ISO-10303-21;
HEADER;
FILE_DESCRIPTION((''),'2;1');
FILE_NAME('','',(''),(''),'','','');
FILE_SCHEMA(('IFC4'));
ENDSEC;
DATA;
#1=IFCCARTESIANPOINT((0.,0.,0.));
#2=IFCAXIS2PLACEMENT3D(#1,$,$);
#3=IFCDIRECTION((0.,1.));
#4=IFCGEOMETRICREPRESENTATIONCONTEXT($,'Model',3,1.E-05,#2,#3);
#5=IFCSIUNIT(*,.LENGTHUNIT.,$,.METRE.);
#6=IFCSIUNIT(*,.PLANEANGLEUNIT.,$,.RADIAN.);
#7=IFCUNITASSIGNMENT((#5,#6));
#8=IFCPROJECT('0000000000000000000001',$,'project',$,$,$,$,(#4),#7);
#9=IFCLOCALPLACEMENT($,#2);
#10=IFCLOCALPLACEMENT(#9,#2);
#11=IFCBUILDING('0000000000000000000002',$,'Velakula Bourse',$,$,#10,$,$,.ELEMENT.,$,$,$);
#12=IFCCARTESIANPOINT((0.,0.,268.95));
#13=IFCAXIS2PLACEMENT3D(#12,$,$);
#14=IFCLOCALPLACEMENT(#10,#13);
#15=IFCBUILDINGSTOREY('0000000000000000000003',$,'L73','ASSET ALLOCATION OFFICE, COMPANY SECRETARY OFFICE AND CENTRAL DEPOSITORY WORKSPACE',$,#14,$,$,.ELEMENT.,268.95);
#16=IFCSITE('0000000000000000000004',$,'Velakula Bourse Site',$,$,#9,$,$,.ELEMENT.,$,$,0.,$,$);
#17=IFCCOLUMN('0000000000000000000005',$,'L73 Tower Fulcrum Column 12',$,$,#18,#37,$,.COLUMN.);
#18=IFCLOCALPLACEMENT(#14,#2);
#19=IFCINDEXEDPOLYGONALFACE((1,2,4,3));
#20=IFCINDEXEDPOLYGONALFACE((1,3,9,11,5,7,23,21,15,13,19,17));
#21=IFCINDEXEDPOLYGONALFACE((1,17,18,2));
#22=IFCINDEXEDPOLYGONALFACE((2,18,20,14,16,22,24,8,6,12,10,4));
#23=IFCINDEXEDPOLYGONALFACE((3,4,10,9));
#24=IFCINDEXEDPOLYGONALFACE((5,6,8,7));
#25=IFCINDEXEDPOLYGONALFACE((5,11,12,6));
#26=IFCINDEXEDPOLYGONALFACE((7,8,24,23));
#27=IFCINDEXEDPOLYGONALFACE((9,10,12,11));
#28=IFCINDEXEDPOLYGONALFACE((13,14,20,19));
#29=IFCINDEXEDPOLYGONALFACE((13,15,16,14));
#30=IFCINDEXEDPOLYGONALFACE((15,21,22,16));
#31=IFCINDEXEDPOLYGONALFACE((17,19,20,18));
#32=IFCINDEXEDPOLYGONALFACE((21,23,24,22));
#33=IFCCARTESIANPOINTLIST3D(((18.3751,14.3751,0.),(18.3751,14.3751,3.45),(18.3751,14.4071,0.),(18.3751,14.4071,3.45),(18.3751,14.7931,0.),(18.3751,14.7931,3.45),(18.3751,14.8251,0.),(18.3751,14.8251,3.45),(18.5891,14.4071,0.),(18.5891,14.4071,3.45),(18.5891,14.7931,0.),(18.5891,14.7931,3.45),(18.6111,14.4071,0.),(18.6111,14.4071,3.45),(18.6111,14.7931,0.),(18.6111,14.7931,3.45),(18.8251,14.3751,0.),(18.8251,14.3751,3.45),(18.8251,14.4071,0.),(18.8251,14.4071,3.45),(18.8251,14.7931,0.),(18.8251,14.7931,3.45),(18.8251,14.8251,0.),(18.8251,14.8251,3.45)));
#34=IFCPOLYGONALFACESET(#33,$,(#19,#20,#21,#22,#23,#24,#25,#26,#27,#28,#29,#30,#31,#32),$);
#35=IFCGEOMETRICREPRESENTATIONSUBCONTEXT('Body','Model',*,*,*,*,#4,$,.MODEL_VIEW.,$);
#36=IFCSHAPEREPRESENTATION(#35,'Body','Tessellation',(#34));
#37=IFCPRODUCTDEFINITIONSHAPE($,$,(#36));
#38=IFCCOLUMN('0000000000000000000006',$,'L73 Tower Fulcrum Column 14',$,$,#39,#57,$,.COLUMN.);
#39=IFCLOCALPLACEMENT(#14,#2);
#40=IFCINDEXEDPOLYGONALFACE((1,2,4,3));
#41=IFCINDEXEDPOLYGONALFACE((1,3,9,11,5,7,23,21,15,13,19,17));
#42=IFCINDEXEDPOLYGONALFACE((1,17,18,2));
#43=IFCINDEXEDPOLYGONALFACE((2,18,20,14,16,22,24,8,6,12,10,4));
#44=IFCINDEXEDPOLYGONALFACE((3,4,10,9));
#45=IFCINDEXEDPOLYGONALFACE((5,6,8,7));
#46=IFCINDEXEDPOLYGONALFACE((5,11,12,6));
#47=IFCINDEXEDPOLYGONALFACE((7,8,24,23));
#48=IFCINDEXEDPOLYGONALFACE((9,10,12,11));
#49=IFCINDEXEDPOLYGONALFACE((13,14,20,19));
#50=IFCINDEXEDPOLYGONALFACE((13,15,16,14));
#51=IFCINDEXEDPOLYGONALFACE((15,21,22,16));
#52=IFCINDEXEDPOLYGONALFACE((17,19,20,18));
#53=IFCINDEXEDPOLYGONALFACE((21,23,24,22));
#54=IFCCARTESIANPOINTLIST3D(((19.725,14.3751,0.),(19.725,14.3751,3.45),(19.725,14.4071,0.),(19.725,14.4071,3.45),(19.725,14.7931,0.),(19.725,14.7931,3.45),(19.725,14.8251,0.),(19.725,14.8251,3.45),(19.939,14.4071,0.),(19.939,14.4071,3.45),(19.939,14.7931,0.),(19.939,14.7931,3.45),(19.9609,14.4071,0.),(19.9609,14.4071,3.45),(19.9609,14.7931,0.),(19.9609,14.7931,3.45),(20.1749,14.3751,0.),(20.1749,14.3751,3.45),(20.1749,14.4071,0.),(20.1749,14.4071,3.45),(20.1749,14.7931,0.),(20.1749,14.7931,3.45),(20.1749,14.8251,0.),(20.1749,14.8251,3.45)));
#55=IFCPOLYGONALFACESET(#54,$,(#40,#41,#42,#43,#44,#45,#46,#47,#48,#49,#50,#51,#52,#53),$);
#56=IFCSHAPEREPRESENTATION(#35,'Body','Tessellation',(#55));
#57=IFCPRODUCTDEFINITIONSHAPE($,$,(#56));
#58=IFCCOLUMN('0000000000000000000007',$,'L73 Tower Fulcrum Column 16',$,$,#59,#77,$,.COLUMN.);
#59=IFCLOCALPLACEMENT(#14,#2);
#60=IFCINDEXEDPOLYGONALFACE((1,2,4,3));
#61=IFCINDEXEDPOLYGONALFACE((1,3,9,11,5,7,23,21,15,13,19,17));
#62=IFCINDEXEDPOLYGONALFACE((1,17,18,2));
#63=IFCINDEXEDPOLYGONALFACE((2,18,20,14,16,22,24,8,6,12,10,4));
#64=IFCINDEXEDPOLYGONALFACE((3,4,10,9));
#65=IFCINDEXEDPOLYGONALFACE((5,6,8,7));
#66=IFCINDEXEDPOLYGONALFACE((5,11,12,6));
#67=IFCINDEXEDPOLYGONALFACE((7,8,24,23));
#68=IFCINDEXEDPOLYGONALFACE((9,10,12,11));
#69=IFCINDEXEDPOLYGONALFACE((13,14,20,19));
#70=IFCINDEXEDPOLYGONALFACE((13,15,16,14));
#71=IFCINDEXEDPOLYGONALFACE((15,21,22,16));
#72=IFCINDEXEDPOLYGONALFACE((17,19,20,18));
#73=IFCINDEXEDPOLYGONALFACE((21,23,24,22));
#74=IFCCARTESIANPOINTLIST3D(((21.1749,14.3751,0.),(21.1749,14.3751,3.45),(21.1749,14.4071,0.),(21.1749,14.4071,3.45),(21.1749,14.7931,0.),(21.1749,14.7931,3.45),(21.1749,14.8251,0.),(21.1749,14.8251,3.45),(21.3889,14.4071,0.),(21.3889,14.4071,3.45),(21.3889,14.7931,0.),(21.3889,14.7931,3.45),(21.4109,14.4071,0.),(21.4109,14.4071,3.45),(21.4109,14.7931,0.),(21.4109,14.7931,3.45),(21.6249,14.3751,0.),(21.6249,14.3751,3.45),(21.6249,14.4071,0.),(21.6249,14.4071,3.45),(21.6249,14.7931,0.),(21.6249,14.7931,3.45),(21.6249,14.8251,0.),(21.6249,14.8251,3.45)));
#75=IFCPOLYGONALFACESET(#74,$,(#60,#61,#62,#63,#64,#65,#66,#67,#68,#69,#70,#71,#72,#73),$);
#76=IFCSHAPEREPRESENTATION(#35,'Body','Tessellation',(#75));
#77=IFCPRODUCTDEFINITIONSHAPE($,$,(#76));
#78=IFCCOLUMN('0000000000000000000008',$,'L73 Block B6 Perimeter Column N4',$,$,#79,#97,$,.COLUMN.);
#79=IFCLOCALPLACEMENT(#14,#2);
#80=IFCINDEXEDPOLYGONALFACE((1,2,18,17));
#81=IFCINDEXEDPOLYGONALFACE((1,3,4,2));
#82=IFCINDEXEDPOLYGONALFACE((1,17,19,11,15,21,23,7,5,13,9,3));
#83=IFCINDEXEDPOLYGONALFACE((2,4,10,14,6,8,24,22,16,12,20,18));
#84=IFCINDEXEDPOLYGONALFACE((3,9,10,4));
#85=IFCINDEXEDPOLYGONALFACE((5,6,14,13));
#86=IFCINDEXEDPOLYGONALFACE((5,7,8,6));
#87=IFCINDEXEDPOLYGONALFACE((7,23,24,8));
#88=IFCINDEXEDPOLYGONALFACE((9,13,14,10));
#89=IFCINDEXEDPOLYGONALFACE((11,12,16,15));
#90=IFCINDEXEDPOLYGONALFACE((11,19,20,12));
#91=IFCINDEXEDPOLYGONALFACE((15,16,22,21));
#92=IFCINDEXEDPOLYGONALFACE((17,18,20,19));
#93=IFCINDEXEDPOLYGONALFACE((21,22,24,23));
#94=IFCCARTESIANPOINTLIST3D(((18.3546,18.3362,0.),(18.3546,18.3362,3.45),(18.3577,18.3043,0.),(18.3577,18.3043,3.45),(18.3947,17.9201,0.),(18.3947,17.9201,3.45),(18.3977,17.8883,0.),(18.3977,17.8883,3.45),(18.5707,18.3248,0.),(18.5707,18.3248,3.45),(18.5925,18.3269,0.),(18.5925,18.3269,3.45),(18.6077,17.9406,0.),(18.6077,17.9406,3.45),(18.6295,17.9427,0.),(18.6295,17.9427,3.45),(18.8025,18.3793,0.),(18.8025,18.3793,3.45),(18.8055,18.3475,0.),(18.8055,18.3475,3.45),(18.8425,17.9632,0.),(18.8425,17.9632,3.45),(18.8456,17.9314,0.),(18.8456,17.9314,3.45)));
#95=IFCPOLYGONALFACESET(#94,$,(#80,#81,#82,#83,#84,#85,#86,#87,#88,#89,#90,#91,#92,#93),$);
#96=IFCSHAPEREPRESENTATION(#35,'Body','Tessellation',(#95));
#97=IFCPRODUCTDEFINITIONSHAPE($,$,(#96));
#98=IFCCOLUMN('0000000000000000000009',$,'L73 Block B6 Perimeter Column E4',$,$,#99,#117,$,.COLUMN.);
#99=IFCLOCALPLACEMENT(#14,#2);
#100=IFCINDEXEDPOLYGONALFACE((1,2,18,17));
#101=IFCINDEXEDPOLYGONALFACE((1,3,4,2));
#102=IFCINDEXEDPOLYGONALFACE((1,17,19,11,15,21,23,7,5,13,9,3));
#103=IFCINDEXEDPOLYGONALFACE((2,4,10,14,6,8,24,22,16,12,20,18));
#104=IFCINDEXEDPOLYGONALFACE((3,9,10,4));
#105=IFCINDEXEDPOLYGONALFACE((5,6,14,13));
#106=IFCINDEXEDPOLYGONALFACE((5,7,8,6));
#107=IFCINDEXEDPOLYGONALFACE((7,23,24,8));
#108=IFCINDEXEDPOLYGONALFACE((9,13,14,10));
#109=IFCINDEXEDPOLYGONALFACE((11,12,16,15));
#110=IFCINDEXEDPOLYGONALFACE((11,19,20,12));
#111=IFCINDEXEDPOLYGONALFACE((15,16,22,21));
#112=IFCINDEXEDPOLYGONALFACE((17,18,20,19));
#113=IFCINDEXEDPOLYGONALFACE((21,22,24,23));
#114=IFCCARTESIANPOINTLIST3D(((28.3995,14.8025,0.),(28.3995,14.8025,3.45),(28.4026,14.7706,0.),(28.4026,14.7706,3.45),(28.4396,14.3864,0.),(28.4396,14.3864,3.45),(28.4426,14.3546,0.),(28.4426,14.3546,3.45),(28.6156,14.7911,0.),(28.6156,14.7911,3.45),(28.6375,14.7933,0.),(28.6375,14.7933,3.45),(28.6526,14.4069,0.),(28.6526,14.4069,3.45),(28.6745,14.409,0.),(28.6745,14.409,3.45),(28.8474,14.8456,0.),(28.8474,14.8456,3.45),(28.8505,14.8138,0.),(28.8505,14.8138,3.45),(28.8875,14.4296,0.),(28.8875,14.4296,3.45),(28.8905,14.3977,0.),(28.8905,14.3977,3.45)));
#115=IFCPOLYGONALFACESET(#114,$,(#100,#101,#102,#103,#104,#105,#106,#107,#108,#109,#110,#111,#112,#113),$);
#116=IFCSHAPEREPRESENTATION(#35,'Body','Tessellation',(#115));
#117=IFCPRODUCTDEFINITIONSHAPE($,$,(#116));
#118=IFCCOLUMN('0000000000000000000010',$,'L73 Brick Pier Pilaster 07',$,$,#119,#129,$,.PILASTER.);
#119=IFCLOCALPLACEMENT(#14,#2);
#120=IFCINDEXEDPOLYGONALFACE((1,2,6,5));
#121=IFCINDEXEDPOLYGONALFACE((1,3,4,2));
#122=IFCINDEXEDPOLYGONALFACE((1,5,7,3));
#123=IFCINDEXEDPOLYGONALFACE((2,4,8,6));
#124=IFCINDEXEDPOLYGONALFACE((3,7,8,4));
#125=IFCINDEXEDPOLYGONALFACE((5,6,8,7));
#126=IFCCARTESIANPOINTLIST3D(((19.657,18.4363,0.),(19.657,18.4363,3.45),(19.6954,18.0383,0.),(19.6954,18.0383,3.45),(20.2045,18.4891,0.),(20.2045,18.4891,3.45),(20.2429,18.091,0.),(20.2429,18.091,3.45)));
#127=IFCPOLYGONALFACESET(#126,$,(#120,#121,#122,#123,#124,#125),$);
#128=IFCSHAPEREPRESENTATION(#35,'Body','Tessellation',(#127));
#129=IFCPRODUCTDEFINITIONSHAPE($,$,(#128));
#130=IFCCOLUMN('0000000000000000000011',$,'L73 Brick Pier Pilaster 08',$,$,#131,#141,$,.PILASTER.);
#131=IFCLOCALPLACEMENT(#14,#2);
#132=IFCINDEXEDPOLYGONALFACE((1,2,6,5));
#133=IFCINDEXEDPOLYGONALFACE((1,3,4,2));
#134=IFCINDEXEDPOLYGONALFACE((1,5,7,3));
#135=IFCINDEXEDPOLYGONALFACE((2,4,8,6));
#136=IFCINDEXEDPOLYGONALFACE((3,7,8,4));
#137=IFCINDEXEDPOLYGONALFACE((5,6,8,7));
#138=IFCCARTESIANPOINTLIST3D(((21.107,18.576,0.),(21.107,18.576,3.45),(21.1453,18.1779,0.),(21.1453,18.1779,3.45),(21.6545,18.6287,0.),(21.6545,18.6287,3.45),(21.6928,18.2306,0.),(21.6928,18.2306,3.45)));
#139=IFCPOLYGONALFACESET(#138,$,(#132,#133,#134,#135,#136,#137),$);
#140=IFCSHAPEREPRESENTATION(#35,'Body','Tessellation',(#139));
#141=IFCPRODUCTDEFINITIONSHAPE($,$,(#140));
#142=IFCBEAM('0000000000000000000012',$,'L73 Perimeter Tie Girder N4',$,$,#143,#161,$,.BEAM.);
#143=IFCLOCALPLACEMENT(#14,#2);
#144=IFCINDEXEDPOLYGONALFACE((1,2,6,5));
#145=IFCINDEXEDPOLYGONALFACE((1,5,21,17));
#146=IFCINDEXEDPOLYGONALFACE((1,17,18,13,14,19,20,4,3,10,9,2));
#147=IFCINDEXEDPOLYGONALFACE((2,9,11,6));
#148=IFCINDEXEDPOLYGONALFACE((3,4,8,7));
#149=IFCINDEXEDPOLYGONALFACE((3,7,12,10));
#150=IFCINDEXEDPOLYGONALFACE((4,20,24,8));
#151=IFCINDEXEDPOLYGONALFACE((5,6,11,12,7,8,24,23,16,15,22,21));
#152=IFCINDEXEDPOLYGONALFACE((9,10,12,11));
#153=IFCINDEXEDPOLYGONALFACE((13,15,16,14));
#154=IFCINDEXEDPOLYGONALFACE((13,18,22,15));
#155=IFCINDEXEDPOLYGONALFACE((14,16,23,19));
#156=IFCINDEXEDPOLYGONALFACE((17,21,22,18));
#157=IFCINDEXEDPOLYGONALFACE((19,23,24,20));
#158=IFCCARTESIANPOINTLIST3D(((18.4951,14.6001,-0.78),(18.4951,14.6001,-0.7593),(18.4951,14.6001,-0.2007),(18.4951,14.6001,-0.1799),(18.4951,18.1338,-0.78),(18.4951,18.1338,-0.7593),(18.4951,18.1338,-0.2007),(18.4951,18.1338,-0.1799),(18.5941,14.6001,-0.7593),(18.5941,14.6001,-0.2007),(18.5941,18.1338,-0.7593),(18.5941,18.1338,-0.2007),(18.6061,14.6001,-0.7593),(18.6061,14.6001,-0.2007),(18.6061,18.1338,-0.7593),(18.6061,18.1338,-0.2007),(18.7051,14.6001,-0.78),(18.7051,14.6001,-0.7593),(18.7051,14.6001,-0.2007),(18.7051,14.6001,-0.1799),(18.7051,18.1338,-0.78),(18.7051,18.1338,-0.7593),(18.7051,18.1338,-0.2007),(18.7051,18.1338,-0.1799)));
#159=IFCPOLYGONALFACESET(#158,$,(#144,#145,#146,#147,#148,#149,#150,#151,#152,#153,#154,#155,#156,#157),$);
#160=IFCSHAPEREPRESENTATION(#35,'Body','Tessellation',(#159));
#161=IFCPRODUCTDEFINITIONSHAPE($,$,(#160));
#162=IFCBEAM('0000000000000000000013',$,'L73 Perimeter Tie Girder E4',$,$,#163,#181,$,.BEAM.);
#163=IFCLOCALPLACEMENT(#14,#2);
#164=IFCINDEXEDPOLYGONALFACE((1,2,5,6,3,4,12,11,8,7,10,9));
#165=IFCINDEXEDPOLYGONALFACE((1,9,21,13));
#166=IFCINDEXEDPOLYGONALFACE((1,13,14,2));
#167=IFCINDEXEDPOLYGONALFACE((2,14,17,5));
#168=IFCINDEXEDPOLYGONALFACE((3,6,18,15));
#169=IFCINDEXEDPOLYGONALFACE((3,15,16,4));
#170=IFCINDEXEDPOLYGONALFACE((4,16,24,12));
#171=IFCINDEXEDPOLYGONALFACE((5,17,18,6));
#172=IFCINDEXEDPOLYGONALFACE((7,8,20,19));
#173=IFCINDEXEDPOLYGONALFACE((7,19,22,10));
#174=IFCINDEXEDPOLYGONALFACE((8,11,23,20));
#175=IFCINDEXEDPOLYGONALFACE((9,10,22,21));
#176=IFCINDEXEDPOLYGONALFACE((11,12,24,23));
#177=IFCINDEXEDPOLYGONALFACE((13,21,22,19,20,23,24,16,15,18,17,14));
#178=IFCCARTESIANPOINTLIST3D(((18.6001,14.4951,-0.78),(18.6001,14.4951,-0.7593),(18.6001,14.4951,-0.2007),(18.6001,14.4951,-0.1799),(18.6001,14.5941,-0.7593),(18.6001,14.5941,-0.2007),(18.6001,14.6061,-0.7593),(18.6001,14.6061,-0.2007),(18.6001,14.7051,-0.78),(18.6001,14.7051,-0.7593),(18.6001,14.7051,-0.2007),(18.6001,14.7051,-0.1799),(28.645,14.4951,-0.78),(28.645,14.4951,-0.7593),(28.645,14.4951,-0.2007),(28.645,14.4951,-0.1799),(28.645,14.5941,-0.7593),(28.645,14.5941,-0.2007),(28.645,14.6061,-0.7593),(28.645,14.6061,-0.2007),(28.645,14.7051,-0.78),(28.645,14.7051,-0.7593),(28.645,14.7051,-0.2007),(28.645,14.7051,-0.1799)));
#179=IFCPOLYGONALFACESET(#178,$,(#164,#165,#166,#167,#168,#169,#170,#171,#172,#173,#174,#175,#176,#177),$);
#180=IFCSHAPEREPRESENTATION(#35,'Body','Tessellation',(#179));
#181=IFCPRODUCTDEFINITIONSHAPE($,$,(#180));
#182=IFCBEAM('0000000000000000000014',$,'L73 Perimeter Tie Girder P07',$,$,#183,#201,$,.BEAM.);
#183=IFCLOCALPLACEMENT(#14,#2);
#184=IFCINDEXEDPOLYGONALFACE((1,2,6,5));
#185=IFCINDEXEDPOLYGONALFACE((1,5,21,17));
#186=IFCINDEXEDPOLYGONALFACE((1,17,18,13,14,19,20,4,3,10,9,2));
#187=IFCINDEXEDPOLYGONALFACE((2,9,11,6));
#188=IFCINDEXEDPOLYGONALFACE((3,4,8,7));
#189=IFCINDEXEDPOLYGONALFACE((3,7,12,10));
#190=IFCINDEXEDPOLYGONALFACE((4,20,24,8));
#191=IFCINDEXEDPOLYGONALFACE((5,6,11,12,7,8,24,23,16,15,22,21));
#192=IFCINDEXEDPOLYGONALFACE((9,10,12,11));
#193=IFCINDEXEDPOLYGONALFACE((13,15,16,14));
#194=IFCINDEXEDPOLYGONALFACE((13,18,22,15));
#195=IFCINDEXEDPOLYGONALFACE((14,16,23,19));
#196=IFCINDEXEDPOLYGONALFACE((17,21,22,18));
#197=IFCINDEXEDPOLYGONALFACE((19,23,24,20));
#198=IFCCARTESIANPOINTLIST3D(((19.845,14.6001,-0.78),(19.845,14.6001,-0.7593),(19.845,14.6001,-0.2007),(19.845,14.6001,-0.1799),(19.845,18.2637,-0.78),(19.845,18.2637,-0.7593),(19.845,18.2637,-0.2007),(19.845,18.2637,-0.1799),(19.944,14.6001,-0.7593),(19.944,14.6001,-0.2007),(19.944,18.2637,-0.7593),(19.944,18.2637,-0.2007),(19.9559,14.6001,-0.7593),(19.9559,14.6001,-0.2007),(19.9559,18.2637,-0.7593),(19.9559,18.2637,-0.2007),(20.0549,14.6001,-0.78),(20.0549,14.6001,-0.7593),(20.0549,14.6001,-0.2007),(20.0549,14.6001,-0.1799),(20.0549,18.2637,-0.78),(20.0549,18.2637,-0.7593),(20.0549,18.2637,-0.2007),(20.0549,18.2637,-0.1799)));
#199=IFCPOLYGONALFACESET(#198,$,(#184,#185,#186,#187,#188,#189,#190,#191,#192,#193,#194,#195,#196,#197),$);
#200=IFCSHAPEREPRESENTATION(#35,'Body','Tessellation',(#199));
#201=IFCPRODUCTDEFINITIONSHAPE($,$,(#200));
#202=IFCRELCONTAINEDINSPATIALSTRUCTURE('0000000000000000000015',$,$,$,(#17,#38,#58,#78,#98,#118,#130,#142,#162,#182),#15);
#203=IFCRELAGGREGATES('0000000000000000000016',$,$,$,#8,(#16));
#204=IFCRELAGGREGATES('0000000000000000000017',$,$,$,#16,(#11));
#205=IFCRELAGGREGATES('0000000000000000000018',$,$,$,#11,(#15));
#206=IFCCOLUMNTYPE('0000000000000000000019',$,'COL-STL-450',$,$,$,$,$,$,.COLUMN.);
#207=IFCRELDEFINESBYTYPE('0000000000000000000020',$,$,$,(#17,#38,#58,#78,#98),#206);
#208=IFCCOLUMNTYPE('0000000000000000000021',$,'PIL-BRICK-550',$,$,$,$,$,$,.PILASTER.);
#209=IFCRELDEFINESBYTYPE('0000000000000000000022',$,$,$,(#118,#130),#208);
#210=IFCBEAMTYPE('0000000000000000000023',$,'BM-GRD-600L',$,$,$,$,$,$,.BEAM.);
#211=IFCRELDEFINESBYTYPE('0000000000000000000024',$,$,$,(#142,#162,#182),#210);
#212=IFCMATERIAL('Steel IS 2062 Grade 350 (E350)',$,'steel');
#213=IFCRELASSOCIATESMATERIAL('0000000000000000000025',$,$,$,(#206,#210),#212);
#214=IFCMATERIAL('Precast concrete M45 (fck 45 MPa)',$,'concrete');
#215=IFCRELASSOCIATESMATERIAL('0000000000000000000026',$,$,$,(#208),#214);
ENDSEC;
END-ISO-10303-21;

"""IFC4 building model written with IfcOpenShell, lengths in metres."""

from ifc_helpers import new_model, si_unit, direction, frame, origin, origin_2d, place, context, subcontext, project, spatial, rectangle, i_section, extrude, material, material_profile, profile_set, type_object, element, save


model = new_model("IFC4")

# Units and contexts
model_context = context("Model", 3, precision=1e-05, world=origin(), true_north=direction((0.0, 1.0)))
body_context = subcontext(model_context, "Body", "Model", "MODEL_VIEW")
ifc_project = project(units=[si_unit("LENGTHUNIT", "METRE"), si_unit("PLANEANGLEUNIT", "RADIAN")], contexts=[model_context])

# Site, building, storey
site_placement = place(None, origin())
site = spatial("IfcSite", under=ifc_project, at=site_placement, Name="Velakula Bourse Site", CompositionType="ELEMENT", RefElevation=0.0)
building_placement = place(site_placement, origin())
building = spatial("IfcBuilding", under=site, at=building_placement, Name="Velakula Bourse", CompositionType="ELEMENT")
storey_placement = place(building_placement, frame((0.0, 0.0, 268.95)))
storey = spatial("IfcBuildingStorey", under=building, at=storey_placement, Name="L73", Description="ASSET ALLOCATION OFFICE, COMPANY SECRETARY OFFICE AND CENTRAL DEPOSITORY WORKSPACE", CompositionType="ELEMENT", Elevation=268.95)

# Columns
ifc_material_1 = material(Name="Steel IS 2062 Grade 350 (E350)", Category="steel")
ifc_material_profile_1 = material_profile(ifc_material_1, i_section(OverallWidth=0.45, OverallDepth=0.45, WebThickness=0.022, FlangeThickness=0.032, at=origin_2d()), Name="Steel IS 2062 Grade 350 (E350)")
ifc_profile_set_1 = profile_set([ifc_material_profile_1], Name="Steel IS 2062 Grade 350 (E350)")
column_type_1 = type_object("IfcColumnType", Name="COL-STL-450", PredefinedType="COLUMN", material=ifc_profile_set_1)
for number, where, z_axis, x_axis, name in (
    (1, (18.6001, 14.6001, 0.0), (0.0, 0.0, 1.0), (1.0, 0.0, 0.0), "L73 Tower Fulcrum Column 12"),
    (2, (19.95, 14.6001, 0.0), (0.0, 0.0, 1.0), (1.0, 0.0, 0.0), "L73 Tower Fulcrum Column 14"),
    (3, (21.3999, 14.6001, 0.0), (0.0, 0.0, 1.0), (1.0, 0.0, 0.0), "L73 Tower Fulcrum Column 16"),
    (4, (18.6001, 18.1338, 0.0), (0.0, 0.0, 1.0), (0.995396, 0.095846, 0.0), "L73 Block B6 Perimeter Column N4"),
    (5, (28.645, 14.6001, 0.0), (0.0, 0.0, 1.0), (0.995396, 0.095846, 0.0), "L73 Block B6 Perimeter Column E4"),
):
    element("IfcColumn", number, at=place(storey_placement, frame(where, z_axis=z_axis, x_axis=x_axis)), inside=storey, type_object=column_type_1, Name=name, PredefinedType="COLUMN", context=body_context, shape_type="SweptSolid", body=[
        extrude(i_section(OverallWidth=0.45, OverallDepth=0.45, WebThickness=0.022, FlangeThickness=0.032, at=origin_2d()), origin(), (0.0, 0.0, 1.0), 3.45),
    ])
ifc_material_2 = material(Name="Precast concrete M45 (fck 45 MPa)", Category="concrete")
ifc_material_profile_2 = material_profile(ifc_material_2, rectangle(XDim=0.55, YDim=0.3999, at=origin_2d()), Name="Precast concrete M45 (fck 45 MPa)")
ifc_profile_set_2 = profile_set([ifc_material_profile_2], Name="Precast concrete M45 (fck 45 MPa)")
column_type_2 = type_object("IfcColumnType", Name="PIL-BRICK-550", PredefinedType="PILASTER", material=ifc_profile_set_2)
for number, where, z_axis, x_axis, name in (
    (6, (19.95, 18.2637, 0.0), (0.0, 0.0, 1.0), (0.995396, 0.095846, 0.0), "L73 Brick Pier Pilaster 07"),
    (7, (21.3999, 18.4033, 0.0), (0.0, 0.0, 1.0), (0.995396, 0.095846, 0.0), "L73 Brick Pier Pilaster 08"),
):
    element("IfcColumn", number, at=place(storey_placement, frame(where, z_axis=z_axis, x_axis=x_axis)), inside=storey, type_object=column_type_2, Name=name, PredefinedType="PILASTER", context=body_context, shape_type="SweptSolid", body=[
        extrude(rectangle(XDim=0.55, YDim=0.3999, at=origin_2d()), origin(), (0.0, 0.0, 1.0), 3.45),
    ])

# Beams
ifc_material_profile_3 = material_profile(ifc_material_1, i_section(OverallWidth=0.21, OverallDepth=0.6001, WebThickness=0.012, FlangeThickness=0.0208, at=origin_2d()), Name="Steel IS 2062 Grade 350 (E350)")
ifc_profile_set_3 = profile_set([ifc_material_profile_3], Name="Steel IS 2062 Grade 350 (E350)")
beam_type_1 = type_object("IfcBeamType", Name="BM-GRD-600L", PredefinedType="BEAM", material=ifc_profile_set_3)
beam_1_placement = place(storey_placement, frame((18.6001, 14.6001, -0.48), z_axis=(0.0, 1.0, 0.0), x_axis=(-1.0, 0.0, 0.0)))
element("IfcBeam", 8, at=beam_1_placement, inside=storey, type_object=beam_type_1, Name="L73 Perimeter Tie Girder N4", PredefinedType="BEAM", context=body_context, shape_type="SweptSolid", body=[
    extrude(i_section(OverallWidth=0.21, OverallDepth=0.6001, WebThickness=0.012, FlangeThickness=0.0208, at=origin_2d()), origin(), (0.0, 0.0, 1.0), 3.5337),
])
beam_2_placement = place(storey_placement, frame((18.6001, 14.6001, -0.48), z_axis=(1.0, 0.0, 0.0), x_axis=(0.0, 1.0, 0.0)))
element("IfcBeam", 9, at=beam_2_placement, inside=storey, type_object=beam_type_1, Name="L73 Perimeter Tie Girder E4", PredefinedType="BEAM", context=body_context, shape_type="SweptSolid", body=[
    extrude(i_section(OverallWidth=0.21, OverallDepth=0.6001, WebThickness=0.012, FlangeThickness=0.0208, at=origin_2d()), origin(), (0.0, 0.0, 1.0), 10.0449),
])
beam_3_placement = place(storey_placement, frame((19.95, 14.6001, -0.48), z_axis=(0.0, 1.0, 0.0), x_axis=(-1.0, 0.0, 0.0)))
element("IfcBeam", 10, at=beam_3_placement, inside=storey, type_object=beam_type_1, Name="L73 Perimeter Tie Girder P07", PredefinedType="BEAM", context=body_context, shape_type="SweptSolid", body=[
    extrude(i_section(OverallWidth=0.21, OverallDepth=0.6001, WebThickness=0.012, FlangeThickness=0.0208, at=origin_2d()), origin(), (0.0, 0.0, 1.0), 3.6636),
])

save(model, "model.ifc")
